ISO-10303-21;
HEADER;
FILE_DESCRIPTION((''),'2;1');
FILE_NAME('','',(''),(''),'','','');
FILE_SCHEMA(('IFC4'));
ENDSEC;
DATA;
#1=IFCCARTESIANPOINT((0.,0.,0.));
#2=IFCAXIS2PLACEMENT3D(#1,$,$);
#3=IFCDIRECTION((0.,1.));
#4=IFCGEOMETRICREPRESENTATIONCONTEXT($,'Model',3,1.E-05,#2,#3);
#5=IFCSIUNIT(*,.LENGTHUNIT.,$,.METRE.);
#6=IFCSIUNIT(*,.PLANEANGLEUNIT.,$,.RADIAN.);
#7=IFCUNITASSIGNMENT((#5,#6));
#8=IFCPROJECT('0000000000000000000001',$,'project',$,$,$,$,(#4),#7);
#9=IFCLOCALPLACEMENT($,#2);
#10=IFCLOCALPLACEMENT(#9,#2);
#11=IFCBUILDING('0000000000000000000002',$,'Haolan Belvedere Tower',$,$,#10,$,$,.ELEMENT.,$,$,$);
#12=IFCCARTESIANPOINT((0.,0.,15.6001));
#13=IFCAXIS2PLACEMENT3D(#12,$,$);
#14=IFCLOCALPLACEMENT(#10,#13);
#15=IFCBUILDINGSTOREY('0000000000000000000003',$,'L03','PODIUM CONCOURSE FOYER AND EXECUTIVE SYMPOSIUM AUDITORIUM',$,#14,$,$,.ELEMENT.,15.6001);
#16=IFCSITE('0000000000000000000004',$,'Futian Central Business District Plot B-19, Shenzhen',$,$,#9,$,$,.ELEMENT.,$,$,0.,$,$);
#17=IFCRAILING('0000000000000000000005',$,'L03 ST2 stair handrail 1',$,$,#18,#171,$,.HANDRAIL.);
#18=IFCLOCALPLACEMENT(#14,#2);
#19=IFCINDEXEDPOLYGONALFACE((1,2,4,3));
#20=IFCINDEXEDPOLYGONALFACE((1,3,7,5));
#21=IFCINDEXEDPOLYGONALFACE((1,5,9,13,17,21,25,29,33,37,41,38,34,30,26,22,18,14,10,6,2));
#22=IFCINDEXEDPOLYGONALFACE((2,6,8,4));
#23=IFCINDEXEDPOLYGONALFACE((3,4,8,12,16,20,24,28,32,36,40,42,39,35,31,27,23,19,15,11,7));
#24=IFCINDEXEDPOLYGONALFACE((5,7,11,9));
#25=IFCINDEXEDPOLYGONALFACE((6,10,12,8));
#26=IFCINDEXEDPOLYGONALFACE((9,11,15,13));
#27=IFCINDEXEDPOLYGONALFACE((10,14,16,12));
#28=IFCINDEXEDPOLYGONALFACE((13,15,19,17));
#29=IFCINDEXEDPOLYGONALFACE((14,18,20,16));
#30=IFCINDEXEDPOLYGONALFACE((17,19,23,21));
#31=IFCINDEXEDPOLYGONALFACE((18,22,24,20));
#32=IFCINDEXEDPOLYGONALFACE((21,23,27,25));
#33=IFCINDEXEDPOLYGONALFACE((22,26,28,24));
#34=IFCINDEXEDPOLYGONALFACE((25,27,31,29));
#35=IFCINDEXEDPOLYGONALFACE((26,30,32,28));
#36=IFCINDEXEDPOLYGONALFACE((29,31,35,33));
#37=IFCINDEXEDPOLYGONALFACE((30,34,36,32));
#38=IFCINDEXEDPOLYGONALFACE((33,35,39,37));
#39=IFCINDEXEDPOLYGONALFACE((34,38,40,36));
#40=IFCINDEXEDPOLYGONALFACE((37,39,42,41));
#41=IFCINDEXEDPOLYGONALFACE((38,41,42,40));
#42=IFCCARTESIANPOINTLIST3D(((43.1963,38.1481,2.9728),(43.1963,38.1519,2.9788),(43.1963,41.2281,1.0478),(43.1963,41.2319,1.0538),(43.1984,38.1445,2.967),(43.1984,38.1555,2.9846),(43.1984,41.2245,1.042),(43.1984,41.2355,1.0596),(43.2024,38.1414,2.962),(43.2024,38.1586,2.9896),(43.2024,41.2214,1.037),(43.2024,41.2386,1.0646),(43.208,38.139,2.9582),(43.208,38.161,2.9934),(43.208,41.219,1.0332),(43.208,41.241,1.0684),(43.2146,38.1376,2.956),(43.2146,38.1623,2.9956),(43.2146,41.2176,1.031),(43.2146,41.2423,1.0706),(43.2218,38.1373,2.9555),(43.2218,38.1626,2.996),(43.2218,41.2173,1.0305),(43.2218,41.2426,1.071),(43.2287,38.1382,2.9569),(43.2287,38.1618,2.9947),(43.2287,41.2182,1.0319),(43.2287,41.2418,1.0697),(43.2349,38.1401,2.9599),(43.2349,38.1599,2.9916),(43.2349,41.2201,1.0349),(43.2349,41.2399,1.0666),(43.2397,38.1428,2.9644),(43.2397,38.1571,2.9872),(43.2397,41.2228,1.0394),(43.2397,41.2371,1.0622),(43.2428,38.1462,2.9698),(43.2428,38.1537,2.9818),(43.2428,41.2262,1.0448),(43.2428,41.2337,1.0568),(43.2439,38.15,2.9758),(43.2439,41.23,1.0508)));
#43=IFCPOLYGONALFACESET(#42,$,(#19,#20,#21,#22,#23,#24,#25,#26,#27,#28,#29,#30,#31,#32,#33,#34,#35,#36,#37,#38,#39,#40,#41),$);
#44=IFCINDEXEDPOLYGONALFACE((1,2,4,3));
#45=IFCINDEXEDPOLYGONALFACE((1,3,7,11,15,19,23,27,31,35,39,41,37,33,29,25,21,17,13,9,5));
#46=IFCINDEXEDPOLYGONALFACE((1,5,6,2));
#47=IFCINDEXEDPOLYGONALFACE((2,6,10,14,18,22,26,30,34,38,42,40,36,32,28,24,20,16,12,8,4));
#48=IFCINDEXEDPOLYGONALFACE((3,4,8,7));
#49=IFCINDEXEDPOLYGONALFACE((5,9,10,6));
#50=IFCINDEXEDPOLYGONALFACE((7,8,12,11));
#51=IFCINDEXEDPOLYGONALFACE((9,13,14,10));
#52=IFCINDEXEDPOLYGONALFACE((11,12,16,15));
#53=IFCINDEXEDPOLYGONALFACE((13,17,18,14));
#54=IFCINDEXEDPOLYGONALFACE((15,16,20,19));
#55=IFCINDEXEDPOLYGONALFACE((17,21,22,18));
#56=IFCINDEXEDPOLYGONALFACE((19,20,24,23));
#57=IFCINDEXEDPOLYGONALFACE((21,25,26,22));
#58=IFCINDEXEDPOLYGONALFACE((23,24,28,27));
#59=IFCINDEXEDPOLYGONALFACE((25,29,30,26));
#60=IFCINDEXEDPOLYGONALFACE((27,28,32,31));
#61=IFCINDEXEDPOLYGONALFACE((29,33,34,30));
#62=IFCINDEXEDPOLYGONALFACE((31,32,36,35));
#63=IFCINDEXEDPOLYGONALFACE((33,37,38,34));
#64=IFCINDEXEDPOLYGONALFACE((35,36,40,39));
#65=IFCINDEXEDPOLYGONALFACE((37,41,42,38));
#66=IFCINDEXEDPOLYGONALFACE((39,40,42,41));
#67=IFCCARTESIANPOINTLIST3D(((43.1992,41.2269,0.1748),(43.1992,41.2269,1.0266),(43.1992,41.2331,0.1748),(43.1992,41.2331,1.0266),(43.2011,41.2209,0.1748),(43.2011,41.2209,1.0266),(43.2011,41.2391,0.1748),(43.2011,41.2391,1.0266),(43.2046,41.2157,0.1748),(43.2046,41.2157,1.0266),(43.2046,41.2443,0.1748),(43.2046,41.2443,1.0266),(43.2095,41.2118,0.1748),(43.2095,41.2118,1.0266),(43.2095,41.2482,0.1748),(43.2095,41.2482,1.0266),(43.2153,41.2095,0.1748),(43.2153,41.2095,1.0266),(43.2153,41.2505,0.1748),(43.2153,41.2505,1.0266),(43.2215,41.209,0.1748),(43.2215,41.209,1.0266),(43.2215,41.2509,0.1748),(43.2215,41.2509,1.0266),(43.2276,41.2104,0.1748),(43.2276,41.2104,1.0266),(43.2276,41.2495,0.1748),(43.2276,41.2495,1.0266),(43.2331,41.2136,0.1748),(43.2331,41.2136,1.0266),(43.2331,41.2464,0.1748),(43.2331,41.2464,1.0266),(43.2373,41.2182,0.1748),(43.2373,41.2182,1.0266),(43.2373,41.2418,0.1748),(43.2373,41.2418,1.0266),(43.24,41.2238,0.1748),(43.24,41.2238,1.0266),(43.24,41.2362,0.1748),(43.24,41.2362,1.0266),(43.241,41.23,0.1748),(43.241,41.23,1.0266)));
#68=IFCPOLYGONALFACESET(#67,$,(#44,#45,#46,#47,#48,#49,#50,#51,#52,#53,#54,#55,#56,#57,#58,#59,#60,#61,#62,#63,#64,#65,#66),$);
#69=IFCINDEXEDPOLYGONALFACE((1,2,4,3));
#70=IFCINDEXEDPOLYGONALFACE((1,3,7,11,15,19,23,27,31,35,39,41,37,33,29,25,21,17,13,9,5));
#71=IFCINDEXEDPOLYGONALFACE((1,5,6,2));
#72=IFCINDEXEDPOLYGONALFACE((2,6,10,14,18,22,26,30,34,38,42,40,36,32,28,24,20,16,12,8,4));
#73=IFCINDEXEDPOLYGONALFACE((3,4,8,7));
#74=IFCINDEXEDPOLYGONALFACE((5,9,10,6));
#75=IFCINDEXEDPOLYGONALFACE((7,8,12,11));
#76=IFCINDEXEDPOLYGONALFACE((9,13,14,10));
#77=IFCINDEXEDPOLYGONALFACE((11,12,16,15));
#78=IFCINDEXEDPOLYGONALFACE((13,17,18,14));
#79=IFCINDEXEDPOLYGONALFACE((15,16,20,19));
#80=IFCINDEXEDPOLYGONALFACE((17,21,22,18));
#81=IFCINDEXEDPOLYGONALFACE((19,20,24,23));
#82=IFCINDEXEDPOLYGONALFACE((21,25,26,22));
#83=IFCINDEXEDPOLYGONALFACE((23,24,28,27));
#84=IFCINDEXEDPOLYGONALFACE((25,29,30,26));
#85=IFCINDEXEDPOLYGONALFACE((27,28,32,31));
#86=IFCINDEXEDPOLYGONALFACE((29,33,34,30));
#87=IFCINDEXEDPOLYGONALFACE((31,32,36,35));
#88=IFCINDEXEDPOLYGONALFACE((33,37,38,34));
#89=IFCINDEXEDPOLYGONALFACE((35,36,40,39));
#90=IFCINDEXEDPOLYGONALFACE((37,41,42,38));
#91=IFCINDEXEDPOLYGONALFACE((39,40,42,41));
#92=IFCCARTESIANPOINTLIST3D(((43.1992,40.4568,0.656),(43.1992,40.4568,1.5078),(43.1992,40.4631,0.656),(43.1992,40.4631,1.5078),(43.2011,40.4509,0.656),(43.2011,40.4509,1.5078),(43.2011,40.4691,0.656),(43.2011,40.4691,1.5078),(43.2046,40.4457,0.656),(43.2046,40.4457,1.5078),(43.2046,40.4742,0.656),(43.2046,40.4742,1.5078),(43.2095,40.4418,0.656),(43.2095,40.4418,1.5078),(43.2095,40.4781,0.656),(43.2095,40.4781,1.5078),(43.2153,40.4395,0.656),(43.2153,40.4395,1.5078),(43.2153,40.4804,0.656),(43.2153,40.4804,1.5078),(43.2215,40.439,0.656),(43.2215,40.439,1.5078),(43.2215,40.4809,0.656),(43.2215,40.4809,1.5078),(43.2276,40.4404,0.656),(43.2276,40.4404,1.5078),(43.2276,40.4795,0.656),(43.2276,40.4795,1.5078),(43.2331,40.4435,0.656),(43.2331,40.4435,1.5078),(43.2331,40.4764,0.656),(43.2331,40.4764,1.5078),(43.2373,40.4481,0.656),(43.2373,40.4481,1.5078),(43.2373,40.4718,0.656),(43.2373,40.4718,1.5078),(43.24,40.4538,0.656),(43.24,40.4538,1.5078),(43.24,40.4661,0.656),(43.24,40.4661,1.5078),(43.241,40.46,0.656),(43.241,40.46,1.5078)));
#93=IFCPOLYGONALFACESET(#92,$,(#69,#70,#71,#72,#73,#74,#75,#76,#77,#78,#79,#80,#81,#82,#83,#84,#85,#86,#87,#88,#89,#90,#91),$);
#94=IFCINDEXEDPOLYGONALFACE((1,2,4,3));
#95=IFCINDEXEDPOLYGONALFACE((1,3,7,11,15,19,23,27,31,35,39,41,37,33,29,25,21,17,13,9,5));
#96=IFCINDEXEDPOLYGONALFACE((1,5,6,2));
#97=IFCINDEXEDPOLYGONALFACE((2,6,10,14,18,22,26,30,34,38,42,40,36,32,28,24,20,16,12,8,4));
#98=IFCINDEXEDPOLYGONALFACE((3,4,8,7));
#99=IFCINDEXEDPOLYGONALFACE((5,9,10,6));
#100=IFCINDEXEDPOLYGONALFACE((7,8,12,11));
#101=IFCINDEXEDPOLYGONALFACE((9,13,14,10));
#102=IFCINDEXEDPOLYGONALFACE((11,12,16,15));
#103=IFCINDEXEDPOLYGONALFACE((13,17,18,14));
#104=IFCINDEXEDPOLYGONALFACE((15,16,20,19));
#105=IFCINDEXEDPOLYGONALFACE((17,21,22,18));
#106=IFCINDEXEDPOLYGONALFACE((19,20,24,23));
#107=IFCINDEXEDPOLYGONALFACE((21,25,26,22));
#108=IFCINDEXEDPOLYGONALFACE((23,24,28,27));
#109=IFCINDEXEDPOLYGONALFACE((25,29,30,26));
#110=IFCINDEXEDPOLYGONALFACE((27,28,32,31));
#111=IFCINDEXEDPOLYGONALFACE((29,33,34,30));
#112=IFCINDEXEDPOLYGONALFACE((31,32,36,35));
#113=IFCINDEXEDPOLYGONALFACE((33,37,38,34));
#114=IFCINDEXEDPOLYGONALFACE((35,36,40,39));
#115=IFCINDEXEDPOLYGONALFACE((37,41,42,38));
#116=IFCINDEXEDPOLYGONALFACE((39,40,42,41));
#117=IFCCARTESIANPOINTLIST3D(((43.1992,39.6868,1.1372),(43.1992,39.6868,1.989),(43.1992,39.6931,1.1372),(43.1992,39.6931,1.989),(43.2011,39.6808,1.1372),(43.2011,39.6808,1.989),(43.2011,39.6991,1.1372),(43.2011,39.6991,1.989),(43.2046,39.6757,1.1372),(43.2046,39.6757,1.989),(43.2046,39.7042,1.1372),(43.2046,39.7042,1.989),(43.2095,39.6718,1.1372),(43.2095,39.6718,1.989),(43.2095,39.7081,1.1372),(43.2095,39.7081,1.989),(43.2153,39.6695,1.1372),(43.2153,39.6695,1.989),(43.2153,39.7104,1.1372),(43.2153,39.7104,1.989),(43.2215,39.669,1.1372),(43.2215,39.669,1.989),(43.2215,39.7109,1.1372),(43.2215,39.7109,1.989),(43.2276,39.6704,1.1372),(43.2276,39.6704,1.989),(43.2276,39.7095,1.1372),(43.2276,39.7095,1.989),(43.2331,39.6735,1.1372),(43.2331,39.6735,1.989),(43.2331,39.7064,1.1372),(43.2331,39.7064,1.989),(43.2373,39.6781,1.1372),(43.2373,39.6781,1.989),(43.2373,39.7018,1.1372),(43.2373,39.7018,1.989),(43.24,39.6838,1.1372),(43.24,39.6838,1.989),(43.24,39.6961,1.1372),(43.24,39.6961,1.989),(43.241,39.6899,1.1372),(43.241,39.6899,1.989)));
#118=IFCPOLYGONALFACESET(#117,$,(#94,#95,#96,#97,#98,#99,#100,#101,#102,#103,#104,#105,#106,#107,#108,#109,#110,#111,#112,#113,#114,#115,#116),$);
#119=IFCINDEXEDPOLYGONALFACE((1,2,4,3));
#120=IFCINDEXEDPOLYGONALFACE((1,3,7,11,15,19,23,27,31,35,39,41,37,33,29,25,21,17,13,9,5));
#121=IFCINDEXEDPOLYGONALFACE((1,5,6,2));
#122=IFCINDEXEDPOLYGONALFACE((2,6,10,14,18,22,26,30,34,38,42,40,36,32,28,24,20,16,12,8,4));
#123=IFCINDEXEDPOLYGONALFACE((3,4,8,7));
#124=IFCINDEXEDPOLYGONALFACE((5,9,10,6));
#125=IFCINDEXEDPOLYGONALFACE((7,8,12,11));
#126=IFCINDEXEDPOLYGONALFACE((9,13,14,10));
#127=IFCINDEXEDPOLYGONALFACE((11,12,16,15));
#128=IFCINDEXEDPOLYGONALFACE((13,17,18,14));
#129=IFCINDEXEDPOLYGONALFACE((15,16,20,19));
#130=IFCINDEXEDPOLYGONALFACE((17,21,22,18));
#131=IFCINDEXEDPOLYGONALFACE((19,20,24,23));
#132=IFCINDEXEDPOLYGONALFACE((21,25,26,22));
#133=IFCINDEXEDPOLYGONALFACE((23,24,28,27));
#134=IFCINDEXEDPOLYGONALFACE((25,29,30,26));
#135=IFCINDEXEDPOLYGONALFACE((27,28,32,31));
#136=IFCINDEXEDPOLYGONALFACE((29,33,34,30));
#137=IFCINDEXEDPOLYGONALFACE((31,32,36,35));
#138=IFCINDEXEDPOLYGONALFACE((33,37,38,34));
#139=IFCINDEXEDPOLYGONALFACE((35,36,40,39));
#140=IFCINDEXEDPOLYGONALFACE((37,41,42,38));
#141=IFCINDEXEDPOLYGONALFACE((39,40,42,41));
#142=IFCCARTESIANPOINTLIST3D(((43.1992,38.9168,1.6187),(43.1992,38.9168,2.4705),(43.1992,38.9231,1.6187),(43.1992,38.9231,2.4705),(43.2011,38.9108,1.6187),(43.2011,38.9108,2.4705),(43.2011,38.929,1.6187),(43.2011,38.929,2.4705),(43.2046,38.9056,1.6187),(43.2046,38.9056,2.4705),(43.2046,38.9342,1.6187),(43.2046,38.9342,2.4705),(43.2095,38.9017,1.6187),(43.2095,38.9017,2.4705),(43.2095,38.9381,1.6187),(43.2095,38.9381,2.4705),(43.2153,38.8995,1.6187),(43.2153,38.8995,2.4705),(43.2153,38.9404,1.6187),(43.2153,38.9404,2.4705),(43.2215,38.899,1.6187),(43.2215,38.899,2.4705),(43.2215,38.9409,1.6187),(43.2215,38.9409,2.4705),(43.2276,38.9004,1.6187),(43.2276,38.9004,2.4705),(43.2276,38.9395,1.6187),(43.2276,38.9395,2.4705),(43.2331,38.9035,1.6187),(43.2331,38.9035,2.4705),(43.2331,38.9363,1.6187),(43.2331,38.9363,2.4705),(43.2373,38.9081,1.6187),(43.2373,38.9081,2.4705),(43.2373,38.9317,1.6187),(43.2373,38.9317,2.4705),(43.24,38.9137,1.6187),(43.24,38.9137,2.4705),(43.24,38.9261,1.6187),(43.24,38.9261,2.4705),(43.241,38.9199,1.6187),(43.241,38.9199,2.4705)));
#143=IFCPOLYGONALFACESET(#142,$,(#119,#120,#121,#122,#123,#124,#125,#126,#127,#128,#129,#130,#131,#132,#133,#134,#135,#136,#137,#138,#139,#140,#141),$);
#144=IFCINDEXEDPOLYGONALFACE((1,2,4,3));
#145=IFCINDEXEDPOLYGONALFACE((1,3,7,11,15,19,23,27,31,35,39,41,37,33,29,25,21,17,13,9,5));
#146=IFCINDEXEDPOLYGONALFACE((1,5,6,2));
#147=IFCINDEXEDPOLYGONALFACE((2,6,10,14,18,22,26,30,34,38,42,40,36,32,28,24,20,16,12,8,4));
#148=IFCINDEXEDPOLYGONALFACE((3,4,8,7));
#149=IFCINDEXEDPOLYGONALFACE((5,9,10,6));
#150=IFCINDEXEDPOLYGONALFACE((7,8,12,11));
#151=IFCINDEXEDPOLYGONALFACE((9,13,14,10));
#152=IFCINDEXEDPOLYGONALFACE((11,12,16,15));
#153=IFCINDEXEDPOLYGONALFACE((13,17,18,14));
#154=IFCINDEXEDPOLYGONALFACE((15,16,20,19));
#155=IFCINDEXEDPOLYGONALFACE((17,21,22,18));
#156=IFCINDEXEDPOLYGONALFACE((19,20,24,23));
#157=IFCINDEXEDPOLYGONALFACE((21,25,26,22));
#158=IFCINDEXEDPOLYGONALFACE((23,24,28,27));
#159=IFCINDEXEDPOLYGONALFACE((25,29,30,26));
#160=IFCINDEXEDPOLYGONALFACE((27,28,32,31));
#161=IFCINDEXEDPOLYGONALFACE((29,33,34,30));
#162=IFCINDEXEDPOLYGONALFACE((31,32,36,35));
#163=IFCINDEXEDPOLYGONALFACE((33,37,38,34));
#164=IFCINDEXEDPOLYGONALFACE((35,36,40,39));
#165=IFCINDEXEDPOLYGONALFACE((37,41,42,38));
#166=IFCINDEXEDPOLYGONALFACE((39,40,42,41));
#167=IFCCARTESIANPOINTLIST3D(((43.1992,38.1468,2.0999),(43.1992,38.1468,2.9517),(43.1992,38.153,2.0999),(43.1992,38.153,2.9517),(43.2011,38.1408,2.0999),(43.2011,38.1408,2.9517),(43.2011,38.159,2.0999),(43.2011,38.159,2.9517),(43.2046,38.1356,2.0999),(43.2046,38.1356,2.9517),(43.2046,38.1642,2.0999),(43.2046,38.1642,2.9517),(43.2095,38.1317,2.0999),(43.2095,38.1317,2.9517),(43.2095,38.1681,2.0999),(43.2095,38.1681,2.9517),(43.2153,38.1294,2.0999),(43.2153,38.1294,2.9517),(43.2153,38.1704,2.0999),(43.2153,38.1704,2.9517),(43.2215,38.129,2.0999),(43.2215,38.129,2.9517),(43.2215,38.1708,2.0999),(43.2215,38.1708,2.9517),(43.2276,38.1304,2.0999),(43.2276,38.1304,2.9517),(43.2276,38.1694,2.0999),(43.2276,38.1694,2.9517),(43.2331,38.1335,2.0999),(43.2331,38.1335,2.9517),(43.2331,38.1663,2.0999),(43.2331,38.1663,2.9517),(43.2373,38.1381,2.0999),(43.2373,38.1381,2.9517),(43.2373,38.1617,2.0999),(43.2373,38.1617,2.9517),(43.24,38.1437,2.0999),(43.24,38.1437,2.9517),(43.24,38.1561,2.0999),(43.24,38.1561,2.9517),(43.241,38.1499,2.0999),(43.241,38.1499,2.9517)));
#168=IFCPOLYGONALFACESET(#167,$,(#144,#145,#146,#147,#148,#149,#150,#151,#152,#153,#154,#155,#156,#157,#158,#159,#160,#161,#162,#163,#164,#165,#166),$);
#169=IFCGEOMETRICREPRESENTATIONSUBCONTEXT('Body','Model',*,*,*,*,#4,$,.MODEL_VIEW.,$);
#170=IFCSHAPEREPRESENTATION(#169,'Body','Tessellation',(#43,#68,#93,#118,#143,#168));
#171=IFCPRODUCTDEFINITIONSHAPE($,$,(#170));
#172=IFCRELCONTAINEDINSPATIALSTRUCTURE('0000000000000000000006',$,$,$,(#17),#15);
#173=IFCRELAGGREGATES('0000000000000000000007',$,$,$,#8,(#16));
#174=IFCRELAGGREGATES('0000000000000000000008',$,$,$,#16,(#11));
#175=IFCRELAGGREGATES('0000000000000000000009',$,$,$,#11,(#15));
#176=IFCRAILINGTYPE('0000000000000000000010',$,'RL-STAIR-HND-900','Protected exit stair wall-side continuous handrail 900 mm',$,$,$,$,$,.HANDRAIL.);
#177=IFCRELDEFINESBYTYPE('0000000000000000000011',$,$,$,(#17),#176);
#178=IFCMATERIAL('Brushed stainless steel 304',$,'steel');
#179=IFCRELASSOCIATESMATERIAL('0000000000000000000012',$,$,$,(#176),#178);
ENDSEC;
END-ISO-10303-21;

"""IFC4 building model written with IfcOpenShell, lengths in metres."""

from ifc_helpers import new_model, si_unit, direction, frame, origin, origin_2d, place, context, subcontext, project, spatial, circle, extrude, material, type_object, element, save


model = new_model("IFC4")

# Units and contexts
model_context = context("Model", 3, precision=1e-05, world=origin(), true_north=direction((0.0, 1.0)))
body_context = subcontext(model_context, "Body", "Model", "MODEL_VIEW")
ifc_project = project(units=[si_unit("LENGTHUNIT", "METRE"), si_unit("PLANEANGLEUNIT", "RADIAN")], contexts=[model_context])

# Site, building, storey
site_placement = place(None, origin())
site = spatial("IfcSite", under=ifc_project, at=site_placement, Name="Futian Central Business District Plot B-19, Shenzhen", CompositionType="ELEMENT", RefElevation=0.0)
building_placement = place(site_placement, origin())
building = spatial("IfcBuilding", under=site, at=building_placement, Name="Haolan Belvedere Tower", CompositionType="ELEMENT")
storey_placement = place(building_placement, frame((0.0, 0.0, 15.6001)))
storey = spatial("IfcBuildingStorey", under=building, at=storey_placement, Name="L03", Description="PODIUM CONCOURSE FOYER AND EXECUTIVE SYMPOSIUM AUDITORIUM", CompositionType="ELEMENT", Elevation=15.6001)

# Railing
ifc_material_1 = material(Name="Brushed stainless steel 304", Category="steel")
railing_type_1 = type_object("IfcRailingType", Name="RL-STAIR-HND-900", Description="Protected exit stair wall-side continuous handrail 900 mm", PredefinedType="HANDRAIL", material=ifc_material_1)
railing_1_placement = place(storey_placement, frame((43.22, 41.23, 0.1748)))
element("IfcRailing", 1, at=railing_1_placement, inside=storey, type_object=railing_type_1, Name="L03 ST2 stair handrail 1", PredefinedType="HANDRAIL", context=body_context, shape_type="SweptSolid", body=[
    extrude(circle(Radius=0.0239, at=origin_2d()), frame((0.0, 0.0, 0.876), z_axis=(0.0, -0.847998, 0.529999), x_axis=(1.0, 0.0, 0.0)), (0.0, 0.0, 1.0), 3.6321),
    extrude(circle(Radius=0.021, at=origin_2d()), origin(), (0.0, 0.0, 1.0), 0.8518),
    extrude(circle(Radius=0.021, at=origin_2d()), frame((0.0, -0.77, 0.4812)), (0.0, 0.0, 1.0), 0.8518),
    extrude(circle(Radius=0.021, at=origin_2d()), frame((0.0, -1.54, 0.9624)), (0.0, 0.0, 1.0), 0.8518),
    extrude(circle(Radius=0.021, at=origin_2d()), frame((0.0, -2.3101, 1.4438)), (0.0, 0.0, 1.0), 0.8518),
    extrude(circle(Radius=0.021, at=origin_2d()), frame((0.0, -3.0801, 1.925)), (0.0, 0.0, 1.0), 0.8518),
])

save(model, "model.ifc")
